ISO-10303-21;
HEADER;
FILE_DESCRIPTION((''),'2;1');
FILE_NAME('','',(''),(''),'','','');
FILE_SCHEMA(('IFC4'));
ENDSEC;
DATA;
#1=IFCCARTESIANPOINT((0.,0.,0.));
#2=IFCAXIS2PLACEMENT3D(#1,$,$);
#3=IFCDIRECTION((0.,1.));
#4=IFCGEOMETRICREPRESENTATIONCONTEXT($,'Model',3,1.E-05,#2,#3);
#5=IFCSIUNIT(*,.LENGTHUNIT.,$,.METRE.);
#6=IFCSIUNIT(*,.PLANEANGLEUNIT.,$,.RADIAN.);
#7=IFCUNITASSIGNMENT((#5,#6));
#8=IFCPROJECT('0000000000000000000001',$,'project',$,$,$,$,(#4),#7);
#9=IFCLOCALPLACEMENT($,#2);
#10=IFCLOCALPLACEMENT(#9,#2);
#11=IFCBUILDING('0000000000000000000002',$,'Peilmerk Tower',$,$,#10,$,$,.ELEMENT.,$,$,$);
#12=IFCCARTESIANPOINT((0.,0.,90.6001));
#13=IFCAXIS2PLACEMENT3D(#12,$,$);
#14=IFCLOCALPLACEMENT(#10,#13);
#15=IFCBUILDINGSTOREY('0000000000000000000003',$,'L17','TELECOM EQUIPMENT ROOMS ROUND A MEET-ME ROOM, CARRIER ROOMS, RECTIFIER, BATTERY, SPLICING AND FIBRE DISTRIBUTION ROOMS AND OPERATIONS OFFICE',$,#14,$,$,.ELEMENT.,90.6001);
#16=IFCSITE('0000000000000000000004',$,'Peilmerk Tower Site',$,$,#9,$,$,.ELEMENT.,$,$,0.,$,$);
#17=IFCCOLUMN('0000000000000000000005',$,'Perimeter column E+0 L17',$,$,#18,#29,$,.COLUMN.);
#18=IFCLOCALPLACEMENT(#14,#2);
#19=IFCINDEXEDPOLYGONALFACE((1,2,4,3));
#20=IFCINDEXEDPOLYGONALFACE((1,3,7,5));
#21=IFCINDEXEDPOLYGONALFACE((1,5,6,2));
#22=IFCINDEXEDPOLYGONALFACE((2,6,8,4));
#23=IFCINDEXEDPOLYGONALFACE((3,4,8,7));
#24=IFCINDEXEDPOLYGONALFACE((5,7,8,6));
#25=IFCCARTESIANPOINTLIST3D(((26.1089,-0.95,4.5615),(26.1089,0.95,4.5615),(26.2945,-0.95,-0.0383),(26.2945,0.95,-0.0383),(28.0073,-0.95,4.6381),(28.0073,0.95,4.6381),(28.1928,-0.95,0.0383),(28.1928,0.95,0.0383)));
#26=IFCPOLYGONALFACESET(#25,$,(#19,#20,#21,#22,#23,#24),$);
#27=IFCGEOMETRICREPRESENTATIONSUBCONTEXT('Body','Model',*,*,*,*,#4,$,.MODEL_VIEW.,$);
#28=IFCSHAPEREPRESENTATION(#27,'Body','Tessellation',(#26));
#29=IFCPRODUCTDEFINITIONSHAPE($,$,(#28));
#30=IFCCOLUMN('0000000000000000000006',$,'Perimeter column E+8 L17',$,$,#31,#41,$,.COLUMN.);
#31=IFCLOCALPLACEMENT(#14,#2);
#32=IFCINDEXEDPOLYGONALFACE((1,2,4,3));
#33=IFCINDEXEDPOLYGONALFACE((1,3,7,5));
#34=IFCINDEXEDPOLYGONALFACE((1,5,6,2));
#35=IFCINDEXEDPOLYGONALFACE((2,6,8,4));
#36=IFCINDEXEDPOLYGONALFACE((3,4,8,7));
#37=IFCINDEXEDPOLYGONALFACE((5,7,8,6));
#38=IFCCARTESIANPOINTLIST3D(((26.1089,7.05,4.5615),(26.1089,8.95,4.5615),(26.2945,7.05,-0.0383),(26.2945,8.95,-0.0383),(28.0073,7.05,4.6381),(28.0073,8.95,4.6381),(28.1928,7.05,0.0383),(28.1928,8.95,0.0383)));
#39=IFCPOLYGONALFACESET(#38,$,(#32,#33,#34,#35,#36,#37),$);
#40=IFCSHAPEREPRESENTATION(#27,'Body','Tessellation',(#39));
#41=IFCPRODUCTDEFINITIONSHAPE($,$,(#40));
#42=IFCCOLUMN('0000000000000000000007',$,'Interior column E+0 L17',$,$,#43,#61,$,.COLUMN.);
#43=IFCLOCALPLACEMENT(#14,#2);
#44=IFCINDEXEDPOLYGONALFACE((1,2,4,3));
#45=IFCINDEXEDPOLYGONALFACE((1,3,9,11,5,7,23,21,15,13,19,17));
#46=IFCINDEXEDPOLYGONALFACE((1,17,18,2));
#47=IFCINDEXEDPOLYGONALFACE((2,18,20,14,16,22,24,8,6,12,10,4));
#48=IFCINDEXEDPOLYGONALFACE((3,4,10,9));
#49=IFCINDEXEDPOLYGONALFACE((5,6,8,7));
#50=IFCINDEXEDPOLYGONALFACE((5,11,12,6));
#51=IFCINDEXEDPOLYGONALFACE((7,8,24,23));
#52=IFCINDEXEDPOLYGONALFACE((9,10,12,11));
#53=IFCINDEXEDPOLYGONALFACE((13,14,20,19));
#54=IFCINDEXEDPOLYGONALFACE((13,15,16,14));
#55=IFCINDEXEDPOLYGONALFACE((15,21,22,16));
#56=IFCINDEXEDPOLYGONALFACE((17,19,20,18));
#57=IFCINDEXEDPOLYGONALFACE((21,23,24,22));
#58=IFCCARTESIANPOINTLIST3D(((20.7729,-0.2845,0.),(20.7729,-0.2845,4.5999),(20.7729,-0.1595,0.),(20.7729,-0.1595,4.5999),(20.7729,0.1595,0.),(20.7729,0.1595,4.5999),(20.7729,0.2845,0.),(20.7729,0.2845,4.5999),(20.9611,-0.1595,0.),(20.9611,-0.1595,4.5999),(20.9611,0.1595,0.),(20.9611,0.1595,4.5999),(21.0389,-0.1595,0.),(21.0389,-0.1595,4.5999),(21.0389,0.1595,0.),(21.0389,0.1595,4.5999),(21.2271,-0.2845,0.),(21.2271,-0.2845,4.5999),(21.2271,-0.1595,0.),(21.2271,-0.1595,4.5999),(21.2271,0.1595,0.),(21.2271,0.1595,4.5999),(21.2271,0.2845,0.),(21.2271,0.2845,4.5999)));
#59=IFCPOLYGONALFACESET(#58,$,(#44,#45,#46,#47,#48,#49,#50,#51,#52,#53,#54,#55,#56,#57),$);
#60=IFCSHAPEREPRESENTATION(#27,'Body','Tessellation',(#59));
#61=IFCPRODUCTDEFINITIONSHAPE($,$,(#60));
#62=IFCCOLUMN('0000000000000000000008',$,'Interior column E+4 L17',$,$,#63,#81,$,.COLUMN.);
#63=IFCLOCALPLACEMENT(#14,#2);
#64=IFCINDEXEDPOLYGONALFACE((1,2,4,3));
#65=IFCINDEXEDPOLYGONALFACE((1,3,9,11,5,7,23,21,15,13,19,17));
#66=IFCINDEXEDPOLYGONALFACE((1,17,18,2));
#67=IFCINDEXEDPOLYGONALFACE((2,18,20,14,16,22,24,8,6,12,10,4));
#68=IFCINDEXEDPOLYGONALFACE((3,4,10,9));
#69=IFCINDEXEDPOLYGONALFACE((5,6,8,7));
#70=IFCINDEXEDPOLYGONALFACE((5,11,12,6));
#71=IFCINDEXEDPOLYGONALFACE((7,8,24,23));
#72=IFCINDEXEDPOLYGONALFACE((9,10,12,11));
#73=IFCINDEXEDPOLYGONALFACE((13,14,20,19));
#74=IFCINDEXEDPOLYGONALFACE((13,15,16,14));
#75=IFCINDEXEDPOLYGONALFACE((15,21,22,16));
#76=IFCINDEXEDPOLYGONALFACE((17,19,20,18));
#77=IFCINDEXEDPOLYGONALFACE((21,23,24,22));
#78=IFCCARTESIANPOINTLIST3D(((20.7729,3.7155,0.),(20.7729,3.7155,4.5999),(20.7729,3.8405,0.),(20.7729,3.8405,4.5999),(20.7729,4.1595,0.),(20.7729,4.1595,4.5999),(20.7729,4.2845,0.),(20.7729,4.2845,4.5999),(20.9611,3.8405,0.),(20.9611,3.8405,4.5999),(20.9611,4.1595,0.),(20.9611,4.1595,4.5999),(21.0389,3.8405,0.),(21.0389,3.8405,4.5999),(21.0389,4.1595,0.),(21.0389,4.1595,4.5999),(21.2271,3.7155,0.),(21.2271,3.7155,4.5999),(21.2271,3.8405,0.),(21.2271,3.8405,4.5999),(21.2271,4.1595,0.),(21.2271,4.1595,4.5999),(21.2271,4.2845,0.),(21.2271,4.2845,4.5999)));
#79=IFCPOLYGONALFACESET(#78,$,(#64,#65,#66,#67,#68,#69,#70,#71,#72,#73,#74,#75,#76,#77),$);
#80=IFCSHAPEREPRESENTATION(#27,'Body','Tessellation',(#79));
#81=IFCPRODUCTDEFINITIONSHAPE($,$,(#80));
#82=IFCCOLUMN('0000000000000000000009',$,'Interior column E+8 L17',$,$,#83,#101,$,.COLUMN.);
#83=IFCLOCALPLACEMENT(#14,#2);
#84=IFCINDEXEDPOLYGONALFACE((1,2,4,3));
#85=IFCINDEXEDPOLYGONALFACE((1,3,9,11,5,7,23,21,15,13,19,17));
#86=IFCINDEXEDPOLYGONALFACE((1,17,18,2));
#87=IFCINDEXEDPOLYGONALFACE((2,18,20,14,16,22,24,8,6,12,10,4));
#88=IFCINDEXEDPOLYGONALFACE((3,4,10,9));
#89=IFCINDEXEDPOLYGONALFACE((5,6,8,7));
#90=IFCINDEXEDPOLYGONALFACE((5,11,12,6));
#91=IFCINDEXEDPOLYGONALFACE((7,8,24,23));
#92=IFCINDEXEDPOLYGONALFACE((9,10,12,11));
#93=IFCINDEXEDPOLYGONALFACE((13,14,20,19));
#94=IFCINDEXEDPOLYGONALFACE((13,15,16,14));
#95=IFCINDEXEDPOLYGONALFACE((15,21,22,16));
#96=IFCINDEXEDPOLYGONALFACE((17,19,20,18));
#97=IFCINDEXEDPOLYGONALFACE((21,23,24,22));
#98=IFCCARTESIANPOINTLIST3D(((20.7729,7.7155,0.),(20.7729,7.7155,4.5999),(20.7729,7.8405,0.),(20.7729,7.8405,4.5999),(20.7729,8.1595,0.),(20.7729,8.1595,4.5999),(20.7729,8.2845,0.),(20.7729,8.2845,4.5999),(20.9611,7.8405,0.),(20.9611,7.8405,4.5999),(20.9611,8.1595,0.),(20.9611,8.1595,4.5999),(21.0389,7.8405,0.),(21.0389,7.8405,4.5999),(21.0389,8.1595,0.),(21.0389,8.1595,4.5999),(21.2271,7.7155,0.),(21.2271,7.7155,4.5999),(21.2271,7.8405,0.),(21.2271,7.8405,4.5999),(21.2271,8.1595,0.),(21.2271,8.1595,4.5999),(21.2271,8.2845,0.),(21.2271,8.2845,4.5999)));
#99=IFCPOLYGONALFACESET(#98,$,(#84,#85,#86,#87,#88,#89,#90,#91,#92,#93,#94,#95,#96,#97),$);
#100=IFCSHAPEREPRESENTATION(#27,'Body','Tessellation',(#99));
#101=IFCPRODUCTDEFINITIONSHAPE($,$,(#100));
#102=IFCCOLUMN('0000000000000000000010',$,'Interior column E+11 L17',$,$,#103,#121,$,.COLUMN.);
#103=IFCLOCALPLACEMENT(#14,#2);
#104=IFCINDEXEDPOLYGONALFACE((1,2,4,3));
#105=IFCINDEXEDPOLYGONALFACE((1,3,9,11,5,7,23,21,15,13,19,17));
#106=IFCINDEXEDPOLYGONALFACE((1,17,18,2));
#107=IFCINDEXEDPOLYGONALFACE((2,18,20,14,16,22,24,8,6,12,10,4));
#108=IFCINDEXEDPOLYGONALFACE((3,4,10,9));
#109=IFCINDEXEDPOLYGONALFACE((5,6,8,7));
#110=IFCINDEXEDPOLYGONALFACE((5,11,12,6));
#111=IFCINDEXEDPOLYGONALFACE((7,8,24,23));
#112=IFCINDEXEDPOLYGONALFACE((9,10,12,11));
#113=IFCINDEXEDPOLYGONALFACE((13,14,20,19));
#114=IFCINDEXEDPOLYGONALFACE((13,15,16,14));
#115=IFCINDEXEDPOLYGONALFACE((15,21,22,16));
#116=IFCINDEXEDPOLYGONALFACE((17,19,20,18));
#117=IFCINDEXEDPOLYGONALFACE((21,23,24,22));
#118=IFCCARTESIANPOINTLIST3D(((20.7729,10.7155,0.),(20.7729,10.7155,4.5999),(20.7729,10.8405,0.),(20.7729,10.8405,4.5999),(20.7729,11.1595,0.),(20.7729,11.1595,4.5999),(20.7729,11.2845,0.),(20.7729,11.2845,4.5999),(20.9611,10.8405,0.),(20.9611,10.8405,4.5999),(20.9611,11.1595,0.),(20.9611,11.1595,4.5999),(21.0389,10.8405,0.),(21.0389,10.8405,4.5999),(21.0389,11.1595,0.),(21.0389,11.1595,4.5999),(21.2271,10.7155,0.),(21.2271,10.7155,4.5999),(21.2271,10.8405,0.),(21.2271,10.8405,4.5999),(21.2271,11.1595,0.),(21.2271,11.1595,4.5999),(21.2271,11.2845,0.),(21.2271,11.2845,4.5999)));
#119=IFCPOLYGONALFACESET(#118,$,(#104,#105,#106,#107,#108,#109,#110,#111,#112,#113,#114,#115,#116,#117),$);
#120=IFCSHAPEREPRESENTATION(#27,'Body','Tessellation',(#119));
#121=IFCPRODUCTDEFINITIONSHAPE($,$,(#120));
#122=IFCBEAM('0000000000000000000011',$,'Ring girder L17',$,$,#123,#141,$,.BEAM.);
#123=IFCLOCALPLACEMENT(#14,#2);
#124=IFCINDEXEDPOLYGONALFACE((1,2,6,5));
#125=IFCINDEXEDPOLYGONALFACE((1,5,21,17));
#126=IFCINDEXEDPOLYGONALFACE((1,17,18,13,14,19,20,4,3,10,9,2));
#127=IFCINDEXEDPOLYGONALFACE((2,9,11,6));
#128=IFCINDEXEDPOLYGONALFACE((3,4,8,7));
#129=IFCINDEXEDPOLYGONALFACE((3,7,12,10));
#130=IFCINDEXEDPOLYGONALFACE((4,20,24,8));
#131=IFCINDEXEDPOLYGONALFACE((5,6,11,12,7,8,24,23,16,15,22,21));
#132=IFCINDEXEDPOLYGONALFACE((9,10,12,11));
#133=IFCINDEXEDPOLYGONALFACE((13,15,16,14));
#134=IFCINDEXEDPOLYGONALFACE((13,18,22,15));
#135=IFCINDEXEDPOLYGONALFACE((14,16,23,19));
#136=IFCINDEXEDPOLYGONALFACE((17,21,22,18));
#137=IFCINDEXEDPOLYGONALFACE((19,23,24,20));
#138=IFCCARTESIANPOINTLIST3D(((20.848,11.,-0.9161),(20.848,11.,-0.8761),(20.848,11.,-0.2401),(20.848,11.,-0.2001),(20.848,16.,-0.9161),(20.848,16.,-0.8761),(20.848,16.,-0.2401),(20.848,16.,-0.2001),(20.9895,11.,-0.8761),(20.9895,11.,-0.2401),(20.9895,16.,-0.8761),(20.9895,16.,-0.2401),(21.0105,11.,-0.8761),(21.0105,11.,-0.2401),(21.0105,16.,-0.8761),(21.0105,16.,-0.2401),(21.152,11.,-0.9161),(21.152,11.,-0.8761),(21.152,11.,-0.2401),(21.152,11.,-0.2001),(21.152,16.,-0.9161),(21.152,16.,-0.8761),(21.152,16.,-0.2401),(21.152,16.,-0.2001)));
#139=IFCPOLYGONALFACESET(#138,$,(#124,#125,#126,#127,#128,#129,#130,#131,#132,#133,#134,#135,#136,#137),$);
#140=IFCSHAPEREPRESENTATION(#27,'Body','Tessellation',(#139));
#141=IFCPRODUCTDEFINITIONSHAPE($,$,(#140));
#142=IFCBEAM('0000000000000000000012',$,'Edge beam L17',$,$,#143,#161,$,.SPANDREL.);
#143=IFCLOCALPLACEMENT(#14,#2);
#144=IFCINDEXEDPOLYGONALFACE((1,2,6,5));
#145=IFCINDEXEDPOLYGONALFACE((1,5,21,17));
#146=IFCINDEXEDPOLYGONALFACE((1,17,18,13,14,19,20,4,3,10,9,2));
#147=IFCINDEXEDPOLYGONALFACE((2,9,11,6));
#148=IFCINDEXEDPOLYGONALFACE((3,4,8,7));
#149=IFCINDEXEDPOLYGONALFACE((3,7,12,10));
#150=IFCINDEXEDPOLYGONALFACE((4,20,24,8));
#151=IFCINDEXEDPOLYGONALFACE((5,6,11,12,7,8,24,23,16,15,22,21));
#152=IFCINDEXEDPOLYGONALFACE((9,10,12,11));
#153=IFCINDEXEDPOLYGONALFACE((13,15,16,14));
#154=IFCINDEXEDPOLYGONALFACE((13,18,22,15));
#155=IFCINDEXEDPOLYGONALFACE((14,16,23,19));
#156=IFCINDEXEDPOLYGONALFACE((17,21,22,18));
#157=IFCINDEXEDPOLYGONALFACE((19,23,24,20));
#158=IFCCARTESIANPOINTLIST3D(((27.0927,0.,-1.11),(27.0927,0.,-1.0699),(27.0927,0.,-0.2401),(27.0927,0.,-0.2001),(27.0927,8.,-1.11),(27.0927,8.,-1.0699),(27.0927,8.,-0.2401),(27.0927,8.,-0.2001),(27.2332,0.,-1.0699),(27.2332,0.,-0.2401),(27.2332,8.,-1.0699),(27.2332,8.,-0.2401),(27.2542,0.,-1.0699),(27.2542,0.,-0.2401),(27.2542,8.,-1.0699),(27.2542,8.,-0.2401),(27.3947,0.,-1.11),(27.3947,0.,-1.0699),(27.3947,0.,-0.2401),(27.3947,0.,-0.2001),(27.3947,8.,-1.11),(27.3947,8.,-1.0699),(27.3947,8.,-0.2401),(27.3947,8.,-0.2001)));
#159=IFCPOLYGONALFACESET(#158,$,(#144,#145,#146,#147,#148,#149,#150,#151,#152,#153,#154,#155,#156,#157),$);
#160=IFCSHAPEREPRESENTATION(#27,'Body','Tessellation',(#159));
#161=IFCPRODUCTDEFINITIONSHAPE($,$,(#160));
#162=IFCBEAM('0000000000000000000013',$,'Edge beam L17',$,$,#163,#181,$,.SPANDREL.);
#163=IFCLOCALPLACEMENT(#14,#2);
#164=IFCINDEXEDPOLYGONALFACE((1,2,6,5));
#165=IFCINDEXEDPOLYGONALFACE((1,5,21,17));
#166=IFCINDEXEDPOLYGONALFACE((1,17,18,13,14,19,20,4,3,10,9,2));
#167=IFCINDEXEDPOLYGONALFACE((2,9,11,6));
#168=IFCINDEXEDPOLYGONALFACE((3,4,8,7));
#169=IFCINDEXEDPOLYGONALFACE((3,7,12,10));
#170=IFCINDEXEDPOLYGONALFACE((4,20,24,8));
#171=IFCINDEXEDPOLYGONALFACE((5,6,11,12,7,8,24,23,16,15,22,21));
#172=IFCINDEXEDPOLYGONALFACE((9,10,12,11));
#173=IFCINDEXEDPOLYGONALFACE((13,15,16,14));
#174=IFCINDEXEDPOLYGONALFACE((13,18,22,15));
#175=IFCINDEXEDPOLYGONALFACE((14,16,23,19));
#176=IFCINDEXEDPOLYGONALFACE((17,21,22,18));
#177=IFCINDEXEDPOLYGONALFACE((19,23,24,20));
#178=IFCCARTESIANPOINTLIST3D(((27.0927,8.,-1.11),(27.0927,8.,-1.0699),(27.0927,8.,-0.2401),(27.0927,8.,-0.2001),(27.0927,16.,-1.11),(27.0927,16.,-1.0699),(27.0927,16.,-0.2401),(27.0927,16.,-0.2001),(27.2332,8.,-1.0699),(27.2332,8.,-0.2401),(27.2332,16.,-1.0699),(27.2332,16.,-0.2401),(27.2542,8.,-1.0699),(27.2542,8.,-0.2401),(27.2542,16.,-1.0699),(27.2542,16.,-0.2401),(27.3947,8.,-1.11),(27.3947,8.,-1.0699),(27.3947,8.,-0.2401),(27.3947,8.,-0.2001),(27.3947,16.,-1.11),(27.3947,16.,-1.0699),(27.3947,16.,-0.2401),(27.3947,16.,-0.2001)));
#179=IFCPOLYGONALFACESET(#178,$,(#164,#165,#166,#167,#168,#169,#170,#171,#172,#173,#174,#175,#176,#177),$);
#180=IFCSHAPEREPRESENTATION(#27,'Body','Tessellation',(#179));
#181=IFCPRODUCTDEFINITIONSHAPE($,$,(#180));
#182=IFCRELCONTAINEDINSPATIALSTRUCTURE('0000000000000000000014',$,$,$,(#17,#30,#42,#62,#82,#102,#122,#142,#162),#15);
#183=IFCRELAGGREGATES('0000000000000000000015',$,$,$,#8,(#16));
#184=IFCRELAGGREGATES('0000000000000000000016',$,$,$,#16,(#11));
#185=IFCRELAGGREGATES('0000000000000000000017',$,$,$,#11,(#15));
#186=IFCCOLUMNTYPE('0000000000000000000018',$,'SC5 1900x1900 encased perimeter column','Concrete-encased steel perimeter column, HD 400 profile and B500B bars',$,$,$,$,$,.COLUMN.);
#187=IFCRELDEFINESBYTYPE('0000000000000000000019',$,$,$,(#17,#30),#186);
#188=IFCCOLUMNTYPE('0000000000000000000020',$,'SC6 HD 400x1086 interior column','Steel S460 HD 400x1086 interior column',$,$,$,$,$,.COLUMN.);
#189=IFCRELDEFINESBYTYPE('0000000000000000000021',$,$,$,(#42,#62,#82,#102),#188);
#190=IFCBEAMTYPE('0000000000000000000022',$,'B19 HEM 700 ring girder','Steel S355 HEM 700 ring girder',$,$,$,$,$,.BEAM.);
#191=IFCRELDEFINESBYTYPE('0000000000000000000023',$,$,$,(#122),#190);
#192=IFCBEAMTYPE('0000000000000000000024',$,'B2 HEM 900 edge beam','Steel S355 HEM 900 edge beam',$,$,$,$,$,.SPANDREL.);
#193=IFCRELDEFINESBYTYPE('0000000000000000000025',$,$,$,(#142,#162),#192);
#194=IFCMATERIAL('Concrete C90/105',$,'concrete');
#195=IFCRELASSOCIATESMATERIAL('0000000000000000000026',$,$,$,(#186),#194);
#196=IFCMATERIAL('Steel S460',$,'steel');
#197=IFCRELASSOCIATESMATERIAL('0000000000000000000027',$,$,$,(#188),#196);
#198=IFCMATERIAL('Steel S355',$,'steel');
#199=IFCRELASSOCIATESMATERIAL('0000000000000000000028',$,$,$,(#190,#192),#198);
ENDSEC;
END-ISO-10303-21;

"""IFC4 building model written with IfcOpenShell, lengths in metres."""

from ifc_helpers import new_model, si_unit, direction, frame, origin, origin_2d, place, context, subcontext, project, spatial, rectangle, i_section, extrude, material, material_profile, profile_set, type_object, element, save


model = new_model("IFC4")

# Units and contexts
model_context = context("Model", 3, precision=1e-05, world=origin(), true_north=direction((0.0, 1.0)))
body_context = subcontext(model_context, "Body", "Model", "MODEL_VIEW")
ifc_project = project(units=[si_unit("LENGTHUNIT", "METRE"), si_unit("PLANEANGLEUNIT", "RADIAN")], contexts=[model_context])

# Site, building, storey
site_placement = place(None, origin())
site = spatial("IfcSite", under=ifc_project, at=site_placement, Name="Peilmerk Tower Site", CompositionType="ELEMENT", RefElevation=0.0)
building_placement = place(site_placement, origin())
building = spatial("IfcBuilding", under=site, at=building_placement, Name="Peilmerk Tower", CompositionType="ELEMENT")
storey_placement = place(building_placement, frame((0.0, 0.0, 90.6001)))
storey = spatial("IfcBuildingStorey", under=building, at=storey_placement, Name="L17", Description="TELECOM EQUIPMENT ROOMS ROUND A MEET-ME ROOM, CARRIER ROOMS, RECTIFIER, BATTERY, SPLICING AND FIBRE DISTRIBUTION ROOMS AND OPERATIONS OFFICE", CompositionType="ELEMENT", Elevation=90.6001)

# Columns
ifc_material_1 = material(Name="Concrete C90/105", Category="concrete")
ifc_material_profile_1 = material_profile(ifc_material_1, rectangle(XDim=1.8999, YDim=1.8999, at=origin_2d()), Name="RC 1900x1900")
ifc_profile_set_1 = profile_set([ifc_material_profile_1], Name="Concrete C90/105")
column_type_1 = type_object("IfcColumnType", Name="SC5 1900x1900 encased perimeter column", Description="Concrete-encased steel perimeter column, HD 400 profile and B500B bars", PredefinedType="COLUMN", material=ifc_profile_set_1)
for number, where, z_axis, x_axis, name in (
    (1, (27.2437, 0.0, 0.0), (-0.040305, 0.0, 0.999187), (0.0, -1.0, 0.0), "Perimeter column E+0 L17"),
    (2, (27.2437, 8.0, 0.0), (-0.040305, 0.0, 0.999187), (0.0, -1.0, 0.0), "Perimeter column E+8 L17"),
):
    element("IfcColumn", number, at=place(storey_placement, frame(where, z_axis=z_axis, x_axis=x_axis)), inside=storey, type_object=column_type_1, Name=name, PredefinedType="COLUMN", context=body_context, shape_type="SweptSolid", body=[
        extrude(rectangle(XDim=1.8999, YDim=1.8999, at=origin_2d()), origin(), (0.0, 0.0, 1.0), 4.6035),
    ])
ifc_material_2 = material(Name="Steel S460", Category="steel")
ifc_material_profile_2 = material_profile(ifc_material_2, i_section(OverallWidth=0.4541, OverallDepth=0.5691, WebThickness=0.0779, FlangeThickness=0.125, at=origin_2d()), Name="HD 400x1086")
ifc_profile_set_2 = profile_set([ifc_material_profile_2], Name="Steel S460")
column_type_2 = type_object("IfcColumnType", Name="SC6 HD 400x1086 interior column", Description="Steel S460 HD 400x1086 interior column", PredefinedType="COLUMN", material=ifc_profile_set_2)
for number, where, z_axis, x_axis, name in (
    (3, (21.0, 0.0, 0.0), (0.0, 0.0, 1.0), (1.0, 0.0, 0.0), "Interior column E+0 L17"),
    (4, (21.0, 4.0, 0.0), (0.0, 0.0, 1.0), (1.0, 0.0, 0.0), "Interior column E+4 L17"),
    (5, (21.0, 8.0, 0.0), (0.0, 0.0, 1.0), (1.0, 0.0, 0.0), "Interior column E+8 L17"),
    (6, (21.0, 11.0, 0.0), (0.0, 0.0, 1.0), (1.0, 0.0, 0.0), "Interior column E+11 L17"),
):
    element("IfcColumn", number, at=place(storey_placement, frame(where, z_axis=z_axis, x_axis=x_axis)), inside=storey, type_object=column_type_2, Name=name, PredefinedType="COLUMN", context=body_context, shape_type="SweptSolid", body=[
        extrude(i_section(OverallWidth=0.4541, OverallDepth=0.5691, WebThickness=0.0779, FlangeThickness=0.125, at=origin_2d()), origin(), (0.0, 0.0, 1.0), 4.5999),
    ])

# Beams
ifc_material_3 = material(Name="Steel S355", Category="steel")
ifc_material_profile_3 = material_profile(ifc_material_3, i_section(OverallWidth=0.304, OverallDepth=0.7161, WebThickness=0.021, FlangeThickness=0.04, at=origin_2d()), Name="HEM 700")
ifc_profile_set_3 = profile_set([ifc_material_profile_3], Name="Steel S355")
beam_type_1 = type_object("IfcBeamType", Name="B19 HEM 700 ring girder", Description="Steel S355 HEM 700 ring girder", PredefinedType="BEAM", material=ifc_profile_set_3)
beam_1_placement = place(storey_placement, frame((21.0, 11.0, -0.5581), z_axis=(0.0, 1.0, 0.0), x_axis=(-1.0, 0.0, 0.0)))
element("IfcBeam", 7, at=beam_1_placement, inside=storey, type_object=beam_type_1, Name="Ring girder L17", PredefinedType="BEAM", context=body_context, shape_type="SweptSolid", body=[
    extrude(i_section(OverallWidth=0.304, OverallDepth=0.7161, WebThickness=0.021, FlangeThickness=0.04, at=origin_2d()), origin(), (0.0, 0.0, 1.0), 5.0),
])
ifc_material_profile_4 = material_profile(ifc_material_3, i_section(OverallWidth=0.302, OverallDepth=0.9099, WebThickness=0.021, FlangeThickness=0.04, at=origin_2d()), Name="HEM 900")
ifc_profile_set_4 = profile_set([ifc_material_profile_4], Name="Steel S355")
beam_type_2 = type_object("IfcBeamType", Name="B2 HEM 900 edge beam", Description="Steel S355 HEM 900 edge beam", PredefinedType="SPANDREL", material=ifc_profile_set_4)
for number, where, z_axis, x_axis, name in (
    (8, (27.2437, 0.0, -0.655), (0.0, 1.0, 0.0), (-1.0, 0.0, 0.0), "Edge beam L17"),
    (9, (27.2437, 8.0, -0.655), (0.0, 1.0, 0.0), (-1.0, 0.0, 0.0), "Edge beam L17"),
):
    element("IfcBeam", number, at=place(storey_placement, frame(where, z_axis=z_axis, x_axis=x_axis)), inside=storey, type_object=beam_type_2, Name=name, PredefinedType="SPANDREL", context=body_context, shape_type="SweptSolid", body=[
        extrude(i_section(OverallWidth=0.302, OverallDepth=0.9099, WebThickness=0.021, FlangeThickness=0.04, at=origin_2d()), origin(), (0.0, 0.0, 1.0), 8.0),
    ])

save(model, "model.ifc")
